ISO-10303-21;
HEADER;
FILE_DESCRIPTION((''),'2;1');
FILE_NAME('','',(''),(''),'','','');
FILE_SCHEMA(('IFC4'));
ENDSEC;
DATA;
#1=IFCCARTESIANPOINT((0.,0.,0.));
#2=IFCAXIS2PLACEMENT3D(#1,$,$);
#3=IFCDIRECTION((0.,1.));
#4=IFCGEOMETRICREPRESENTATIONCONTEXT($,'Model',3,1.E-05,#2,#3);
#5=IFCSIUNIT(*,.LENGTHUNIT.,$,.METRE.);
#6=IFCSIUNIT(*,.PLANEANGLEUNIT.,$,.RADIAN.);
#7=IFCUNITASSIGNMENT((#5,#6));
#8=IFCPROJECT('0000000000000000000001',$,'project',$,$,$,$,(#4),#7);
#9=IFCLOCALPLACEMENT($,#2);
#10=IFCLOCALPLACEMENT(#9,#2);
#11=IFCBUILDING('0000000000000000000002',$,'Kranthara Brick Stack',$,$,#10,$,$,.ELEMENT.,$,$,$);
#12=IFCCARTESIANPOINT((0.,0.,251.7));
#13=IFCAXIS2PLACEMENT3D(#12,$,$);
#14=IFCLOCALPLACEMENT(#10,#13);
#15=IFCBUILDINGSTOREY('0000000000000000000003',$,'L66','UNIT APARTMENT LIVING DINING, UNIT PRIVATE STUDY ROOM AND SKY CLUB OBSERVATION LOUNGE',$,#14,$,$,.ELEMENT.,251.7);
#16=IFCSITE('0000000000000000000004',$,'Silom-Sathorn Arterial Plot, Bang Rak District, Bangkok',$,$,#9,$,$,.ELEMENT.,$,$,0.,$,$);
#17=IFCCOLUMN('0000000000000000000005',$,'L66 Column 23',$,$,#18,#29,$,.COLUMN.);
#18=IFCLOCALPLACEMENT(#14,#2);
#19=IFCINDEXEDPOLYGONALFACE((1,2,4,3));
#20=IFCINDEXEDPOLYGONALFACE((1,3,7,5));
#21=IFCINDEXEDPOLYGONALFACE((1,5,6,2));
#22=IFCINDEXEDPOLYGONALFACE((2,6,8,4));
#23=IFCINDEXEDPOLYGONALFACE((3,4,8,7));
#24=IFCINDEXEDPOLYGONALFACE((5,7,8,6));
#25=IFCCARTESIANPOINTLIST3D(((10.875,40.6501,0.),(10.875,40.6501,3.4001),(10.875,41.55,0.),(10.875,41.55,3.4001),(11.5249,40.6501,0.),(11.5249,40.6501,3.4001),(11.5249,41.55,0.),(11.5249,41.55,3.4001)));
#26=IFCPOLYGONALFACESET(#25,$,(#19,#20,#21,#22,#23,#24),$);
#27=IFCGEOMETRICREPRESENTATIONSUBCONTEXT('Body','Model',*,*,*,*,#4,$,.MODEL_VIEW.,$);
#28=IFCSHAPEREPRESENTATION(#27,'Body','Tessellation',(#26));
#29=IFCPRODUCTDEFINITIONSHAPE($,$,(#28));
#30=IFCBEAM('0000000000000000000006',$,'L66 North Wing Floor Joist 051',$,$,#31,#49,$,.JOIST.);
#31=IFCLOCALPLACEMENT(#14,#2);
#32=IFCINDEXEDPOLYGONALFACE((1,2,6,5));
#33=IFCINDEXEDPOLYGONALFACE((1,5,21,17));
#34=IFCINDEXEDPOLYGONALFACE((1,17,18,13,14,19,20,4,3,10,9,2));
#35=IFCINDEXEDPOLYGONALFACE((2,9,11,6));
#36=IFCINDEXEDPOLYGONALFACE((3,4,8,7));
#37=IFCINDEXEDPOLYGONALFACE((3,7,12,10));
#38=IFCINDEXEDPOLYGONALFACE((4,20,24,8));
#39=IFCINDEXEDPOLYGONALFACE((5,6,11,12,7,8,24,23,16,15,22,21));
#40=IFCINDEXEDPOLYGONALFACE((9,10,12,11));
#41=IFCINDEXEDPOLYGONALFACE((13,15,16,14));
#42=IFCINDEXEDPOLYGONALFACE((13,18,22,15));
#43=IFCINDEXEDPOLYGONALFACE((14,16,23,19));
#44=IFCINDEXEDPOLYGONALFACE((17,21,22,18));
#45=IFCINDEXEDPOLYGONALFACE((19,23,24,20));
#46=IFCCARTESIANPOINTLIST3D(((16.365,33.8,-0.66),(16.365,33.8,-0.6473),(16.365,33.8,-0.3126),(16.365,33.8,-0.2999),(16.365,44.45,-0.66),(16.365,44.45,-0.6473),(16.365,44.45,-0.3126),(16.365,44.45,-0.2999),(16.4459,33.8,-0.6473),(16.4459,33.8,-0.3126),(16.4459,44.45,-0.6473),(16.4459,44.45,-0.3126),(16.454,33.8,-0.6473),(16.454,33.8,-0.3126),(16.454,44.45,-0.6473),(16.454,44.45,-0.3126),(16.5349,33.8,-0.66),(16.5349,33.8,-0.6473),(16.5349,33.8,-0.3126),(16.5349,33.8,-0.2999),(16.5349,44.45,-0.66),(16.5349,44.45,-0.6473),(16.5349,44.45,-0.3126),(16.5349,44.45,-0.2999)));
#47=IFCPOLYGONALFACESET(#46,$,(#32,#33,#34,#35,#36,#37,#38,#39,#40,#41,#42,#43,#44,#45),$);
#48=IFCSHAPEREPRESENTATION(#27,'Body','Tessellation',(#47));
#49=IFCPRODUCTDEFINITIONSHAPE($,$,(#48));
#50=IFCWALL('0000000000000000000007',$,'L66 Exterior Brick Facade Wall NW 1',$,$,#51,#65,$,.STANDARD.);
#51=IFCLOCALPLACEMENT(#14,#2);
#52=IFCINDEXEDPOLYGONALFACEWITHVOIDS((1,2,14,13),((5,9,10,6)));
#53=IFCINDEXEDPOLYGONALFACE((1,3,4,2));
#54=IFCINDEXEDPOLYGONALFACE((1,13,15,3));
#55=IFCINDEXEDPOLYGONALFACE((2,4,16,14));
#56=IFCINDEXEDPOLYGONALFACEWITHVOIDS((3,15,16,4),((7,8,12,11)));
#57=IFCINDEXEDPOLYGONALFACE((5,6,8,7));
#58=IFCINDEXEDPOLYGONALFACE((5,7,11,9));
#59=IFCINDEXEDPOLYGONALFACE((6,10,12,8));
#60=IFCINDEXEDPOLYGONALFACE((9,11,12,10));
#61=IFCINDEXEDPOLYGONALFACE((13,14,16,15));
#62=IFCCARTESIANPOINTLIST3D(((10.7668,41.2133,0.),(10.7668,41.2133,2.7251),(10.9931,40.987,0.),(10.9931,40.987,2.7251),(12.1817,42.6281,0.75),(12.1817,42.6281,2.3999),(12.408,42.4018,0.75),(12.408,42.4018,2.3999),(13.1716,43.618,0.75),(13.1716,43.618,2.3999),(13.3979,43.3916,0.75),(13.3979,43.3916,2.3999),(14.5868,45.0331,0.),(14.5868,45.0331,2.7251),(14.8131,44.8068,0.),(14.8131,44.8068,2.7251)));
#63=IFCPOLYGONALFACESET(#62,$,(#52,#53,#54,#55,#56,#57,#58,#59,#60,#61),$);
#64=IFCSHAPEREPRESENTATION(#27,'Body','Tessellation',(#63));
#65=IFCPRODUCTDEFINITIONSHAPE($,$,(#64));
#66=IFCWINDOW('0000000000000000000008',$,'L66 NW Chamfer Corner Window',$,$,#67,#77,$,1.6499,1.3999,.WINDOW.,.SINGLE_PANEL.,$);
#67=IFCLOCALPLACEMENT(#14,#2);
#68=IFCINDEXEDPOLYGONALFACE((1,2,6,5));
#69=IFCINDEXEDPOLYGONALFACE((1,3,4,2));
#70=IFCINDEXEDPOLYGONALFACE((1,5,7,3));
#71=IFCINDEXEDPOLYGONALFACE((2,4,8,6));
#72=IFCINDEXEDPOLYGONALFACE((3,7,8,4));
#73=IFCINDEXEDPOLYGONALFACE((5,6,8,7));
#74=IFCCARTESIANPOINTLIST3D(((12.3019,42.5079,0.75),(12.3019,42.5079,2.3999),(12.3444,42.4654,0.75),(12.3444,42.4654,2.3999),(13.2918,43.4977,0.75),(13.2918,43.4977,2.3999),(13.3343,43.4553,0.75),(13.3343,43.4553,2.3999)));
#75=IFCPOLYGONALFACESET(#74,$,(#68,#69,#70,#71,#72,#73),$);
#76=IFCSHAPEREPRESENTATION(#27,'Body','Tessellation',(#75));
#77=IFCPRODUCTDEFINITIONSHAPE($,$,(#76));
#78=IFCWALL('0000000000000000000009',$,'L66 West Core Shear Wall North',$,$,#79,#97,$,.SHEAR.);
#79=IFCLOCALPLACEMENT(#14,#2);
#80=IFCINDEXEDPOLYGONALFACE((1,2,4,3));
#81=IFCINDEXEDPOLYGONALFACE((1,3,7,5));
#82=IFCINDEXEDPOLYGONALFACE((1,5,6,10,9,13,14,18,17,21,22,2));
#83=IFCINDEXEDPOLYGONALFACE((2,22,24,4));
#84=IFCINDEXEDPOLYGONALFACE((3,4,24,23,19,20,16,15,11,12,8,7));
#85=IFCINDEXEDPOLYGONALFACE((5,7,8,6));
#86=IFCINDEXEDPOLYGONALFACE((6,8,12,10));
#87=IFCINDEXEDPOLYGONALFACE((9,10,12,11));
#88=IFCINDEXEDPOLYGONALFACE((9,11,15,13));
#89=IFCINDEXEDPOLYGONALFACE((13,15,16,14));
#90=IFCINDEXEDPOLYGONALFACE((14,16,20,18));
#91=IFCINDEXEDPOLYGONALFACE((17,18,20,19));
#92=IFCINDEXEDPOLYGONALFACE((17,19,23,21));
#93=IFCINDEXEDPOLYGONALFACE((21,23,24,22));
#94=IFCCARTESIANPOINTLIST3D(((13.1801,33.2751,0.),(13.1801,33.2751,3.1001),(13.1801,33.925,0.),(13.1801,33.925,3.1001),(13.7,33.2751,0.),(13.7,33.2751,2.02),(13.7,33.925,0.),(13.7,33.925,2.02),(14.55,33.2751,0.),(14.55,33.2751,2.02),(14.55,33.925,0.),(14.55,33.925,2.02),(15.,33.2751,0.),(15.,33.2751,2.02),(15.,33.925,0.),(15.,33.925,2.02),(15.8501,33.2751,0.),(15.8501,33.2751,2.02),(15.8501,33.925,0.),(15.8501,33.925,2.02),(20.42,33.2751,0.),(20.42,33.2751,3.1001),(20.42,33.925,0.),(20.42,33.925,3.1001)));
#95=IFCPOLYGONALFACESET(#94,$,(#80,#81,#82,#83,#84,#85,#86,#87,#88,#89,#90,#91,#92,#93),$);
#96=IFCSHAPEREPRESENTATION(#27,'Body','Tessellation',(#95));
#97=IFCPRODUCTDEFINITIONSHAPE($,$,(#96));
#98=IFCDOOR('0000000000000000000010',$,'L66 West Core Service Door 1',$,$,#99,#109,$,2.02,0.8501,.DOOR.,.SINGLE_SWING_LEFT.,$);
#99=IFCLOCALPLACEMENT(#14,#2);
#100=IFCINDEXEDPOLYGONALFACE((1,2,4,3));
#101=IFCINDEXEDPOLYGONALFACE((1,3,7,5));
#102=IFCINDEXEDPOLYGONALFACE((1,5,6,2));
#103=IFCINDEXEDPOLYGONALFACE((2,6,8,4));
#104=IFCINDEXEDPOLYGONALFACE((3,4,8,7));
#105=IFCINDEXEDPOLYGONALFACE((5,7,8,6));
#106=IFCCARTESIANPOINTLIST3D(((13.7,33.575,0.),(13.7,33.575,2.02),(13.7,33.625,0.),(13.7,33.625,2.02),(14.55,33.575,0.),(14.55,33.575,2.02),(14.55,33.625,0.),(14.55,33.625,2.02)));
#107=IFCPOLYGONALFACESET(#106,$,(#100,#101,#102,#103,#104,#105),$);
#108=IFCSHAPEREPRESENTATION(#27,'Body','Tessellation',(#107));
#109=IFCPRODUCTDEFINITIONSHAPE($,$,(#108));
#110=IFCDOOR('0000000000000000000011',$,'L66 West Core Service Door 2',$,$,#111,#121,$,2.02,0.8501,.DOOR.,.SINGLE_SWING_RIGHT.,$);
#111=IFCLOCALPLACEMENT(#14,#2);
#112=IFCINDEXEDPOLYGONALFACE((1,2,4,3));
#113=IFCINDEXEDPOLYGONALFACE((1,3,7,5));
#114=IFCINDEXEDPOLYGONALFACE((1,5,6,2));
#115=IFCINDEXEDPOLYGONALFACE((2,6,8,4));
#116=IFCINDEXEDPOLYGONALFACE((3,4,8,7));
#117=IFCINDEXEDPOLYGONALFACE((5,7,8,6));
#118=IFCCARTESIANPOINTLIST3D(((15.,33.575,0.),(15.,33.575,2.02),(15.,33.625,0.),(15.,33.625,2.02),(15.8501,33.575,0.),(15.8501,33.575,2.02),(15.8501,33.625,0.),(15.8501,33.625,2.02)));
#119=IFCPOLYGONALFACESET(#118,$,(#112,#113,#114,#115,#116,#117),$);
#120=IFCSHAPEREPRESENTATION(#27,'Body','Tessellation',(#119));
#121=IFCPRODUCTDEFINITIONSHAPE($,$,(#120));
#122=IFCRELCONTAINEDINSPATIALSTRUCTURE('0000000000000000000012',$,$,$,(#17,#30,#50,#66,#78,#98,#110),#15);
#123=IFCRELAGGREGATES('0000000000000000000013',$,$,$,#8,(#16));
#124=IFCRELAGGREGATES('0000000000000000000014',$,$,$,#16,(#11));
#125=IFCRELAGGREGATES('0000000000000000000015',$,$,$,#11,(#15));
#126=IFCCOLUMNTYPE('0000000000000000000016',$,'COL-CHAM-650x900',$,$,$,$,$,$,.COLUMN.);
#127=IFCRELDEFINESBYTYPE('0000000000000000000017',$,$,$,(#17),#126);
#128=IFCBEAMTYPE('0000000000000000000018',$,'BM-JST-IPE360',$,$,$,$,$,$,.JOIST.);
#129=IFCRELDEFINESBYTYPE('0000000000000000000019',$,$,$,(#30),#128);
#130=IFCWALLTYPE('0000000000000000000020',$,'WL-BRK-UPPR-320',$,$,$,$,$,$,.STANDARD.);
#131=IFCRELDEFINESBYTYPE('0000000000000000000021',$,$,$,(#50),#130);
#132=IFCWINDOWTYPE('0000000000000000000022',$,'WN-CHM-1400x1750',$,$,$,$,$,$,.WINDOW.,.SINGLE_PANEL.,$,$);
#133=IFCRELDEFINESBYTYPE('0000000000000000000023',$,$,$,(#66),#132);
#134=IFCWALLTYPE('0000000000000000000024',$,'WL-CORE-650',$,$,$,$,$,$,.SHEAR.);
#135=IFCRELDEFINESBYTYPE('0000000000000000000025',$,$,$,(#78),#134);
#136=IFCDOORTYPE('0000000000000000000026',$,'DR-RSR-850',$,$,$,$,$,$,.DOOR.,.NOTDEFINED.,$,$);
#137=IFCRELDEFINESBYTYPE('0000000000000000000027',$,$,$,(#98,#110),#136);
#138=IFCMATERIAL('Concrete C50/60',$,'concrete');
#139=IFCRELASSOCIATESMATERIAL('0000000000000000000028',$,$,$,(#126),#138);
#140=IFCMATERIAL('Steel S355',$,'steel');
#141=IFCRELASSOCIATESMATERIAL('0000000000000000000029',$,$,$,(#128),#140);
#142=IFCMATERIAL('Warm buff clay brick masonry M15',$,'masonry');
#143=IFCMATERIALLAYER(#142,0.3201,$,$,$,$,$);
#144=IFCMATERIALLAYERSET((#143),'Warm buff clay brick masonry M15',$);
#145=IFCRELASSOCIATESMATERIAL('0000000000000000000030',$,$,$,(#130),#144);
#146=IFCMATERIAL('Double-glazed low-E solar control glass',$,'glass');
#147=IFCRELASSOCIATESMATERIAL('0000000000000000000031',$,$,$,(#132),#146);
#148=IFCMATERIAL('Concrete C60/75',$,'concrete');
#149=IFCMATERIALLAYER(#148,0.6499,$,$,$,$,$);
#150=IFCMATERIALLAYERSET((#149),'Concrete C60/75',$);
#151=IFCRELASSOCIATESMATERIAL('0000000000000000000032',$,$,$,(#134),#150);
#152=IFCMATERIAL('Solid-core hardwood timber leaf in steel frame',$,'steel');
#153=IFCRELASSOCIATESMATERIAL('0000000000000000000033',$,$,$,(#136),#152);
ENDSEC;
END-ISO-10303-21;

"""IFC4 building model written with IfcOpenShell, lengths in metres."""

from ifc_helpers import new_model, si_unit, direction, frame, frame_2d, origin, origin_2d, place, context, subcontext, project, spatial, rectangle, i_section, extrude, material, layer, layer_set, material_profile, profile_set, type_object, element, fill, save


model = new_model("IFC4")

# Units and contexts
model_context = context("Model", 3, precision=1e-05, world=origin(), true_north=direction((0.0, 1.0)))
body_context = subcontext(model_context, "Body", "Model", "MODEL_VIEW")
ifc_project = project(units=[si_unit("LENGTHUNIT", "METRE"), si_unit("PLANEANGLEUNIT", "RADIAN")], contexts=[model_context])

# Site, building, storey
site_placement = place(None, origin())
site = spatial("IfcSite", under=ifc_project, at=site_placement, Name="Silom-Sathorn Arterial Plot, Bang Rak District, Bangkok", CompositionType="ELEMENT", RefElevation=0.0)
building_placement = place(site_placement, origin())
building = spatial("IfcBuilding", under=site, at=building_placement, Name="Kranthara Brick Stack", CompositionType="ELEMENT")
storey_placement = place(building_placement, frame((0.0, 0.0, 251.7)))
storey = spatial("IfcBuildingStorey", under=building, at=storey_placement, Name="L66", Description="UNIT APARTMENT LIVING DINING, UNIT PRIVATE STUDY ROOM AND SKY CLUB OBSERVATION LOUNGE", CompositionType="ELEMENT", Elevation=251.7)

# Column
ifc_material_1 = material(Name="Concrete C50/60", Category="concrete")
ifc_material_profile_1 = material_profile(ifc_material_1, rectangle(XDim=0.6499, YDim=0.8999, at=origin_2d()), Name="RC 650x900")
ifc_profile_set_1 = profile_set([ifc_material_profile_1], Name="Concrete C50/60")
column_type = type_object("IfcColumnType", Name="COL-CHAM-650x900", PredefinedType="COLUMN", material=ifc_profile_set_1)
column_placement = place(storey_placement, frame((11.2, 41.1001, 0.0), z_axis=(0.0, 0.0, 1.0), x_axis=(1.0, 0.0, 0.0)))
element("IfcColumn", 1, at=column_placement, inside=storey, type_object=column_type, Name="L66 Column 23", PredefinedType="COLUMN", context=body_context, shape_type="SweptSolid", body=[
    extrude(rectangle(XDim=0.6499, YDim=0.8999, at=origin_2d()), origin(), (0.0, 0.0, 1.0), 3.4001),
])

# Beam
ifc_material_2 = material(Name="Steel S355", Category="steel")
ifc_material_profile_2 = material_profile(ifc_material_2, i_section(OverallWidth=0.1699, OverallDepth=0.3601, WebThickness=0.0081, FlangeThickness=0.0127, at=origin_2d()), Name="IPE 360")
ifc_profile_set_2 = profile_set([ifc_material_profile_2], Name="Steel S355")
beam_type = type_object("IfcBeamType", Name="BM-JST-IPE360", PredefinedType="JOIST", material=ifc_profile_set_2)
beam_placement = place(storey_placement, frame((16.45, 33.8, -0.48), z_axis=(0.0, 1.0, 0.0), x_axis=(-1.0, 0.0, 0.0)))
element("IfcBeam", 2, at=beam_placement, inside=storey, type_object=beam_type, Name="L66 North Wing Floor Joist 051", PredefinedType="JOIST", context=body_context, shape_type="SweptSolid", body=[
    extrude(i_section(OverallWidth=0.1699, OverallDepth=0.3601, WebThickness=0.0081, FlangeThickness=0.0127, at=origin_2d()), origin(), (0.0, 0.0, 1.0), 10.6499),
])

# Wall, opening, window
ifc_material_3 = material(Name="Warm buff clay brick masonry M15", Category="masonry")
ifc_layer_1 = layer(ifc_material_3, 0.3201)
ifc_layer_set_1 = layer_set([ifc_layer_1], Name="Warm buff clay brick masonry M15")
wall_type_1 = type_object("IfcWallType", Name="WL-BRK-UPPR-320", PredefinedType="STANDARD", material=ifc_layer_set_1)
wall_1_placement = place(storey_placement, frame((10.8799, 41.1001, 0.0), z_axis=(0.0, 0.0, 1.0), x_axis=(0.707129, 0.707084, 0.0)))
wall_1 = element("IfcWall", 3, at=wall_1_placement, inside=storey, type_object=wall_type_1, Name="L66 Exterior Brick Facade Wall NW 1", PredefinedType="STANDARD", context=body_context, shape_type="SweptSolid", body=[
    extrude(rectangle(XDim=5.4021, YDim=0.3201, at=frame_2d((2.7012, 0.0))), origin(), (0.0, 0.0, 1.0), 2.7251),
])
opening_1_placement = place(wall_1_placement, frame((2.001, 0.0, 0.75)))
opening_1 = element("IfcOpeningElement", 4, at=opening_1_placement, cuts=wall_1, PredefinedType="OPENING", context=body_context, shape_type="SweptSolid", body=[
    extrude(rectangle(XDim=1.3999, YDim=1.6499, at=frame_2d((0.7, 0.825))), frame((0.0, 0.1699, 0.0), z_axis=(0.0, -1.0, 0.0), x_axis=(1.0, 0.0, 0.0)), (0.0, 0.0, 1.0), 0.3401),
])
ifc_material_4 = material(Name="Double-glazed low-E solar control glass", Category="glass")
window_type = type_object("IfcWindowType", Name="WN-CHM-1400x1750", PartitioningType="SINGLE_PANEL", PredefinedType="WINDOW", material=ifc_material_4)
window_placement = place(opening_1_placement, origin())
window = element("IfcWindow", 5, at=window_placement, inside=storey, type_object=window_type, Name="L66 NW Chamfer Corner Window", OverallHeight=1.6499, OverallWidth=1.3999, PartitioningType="SINGLE_PANEL", PredefinedType="WINDOW", context=body_context, shape_type="SweptSolid", body=[
    extrude(rectangle(XDim=1.3999, YDim=1.6499, at=frame_2d((0.7, 0.825))), frame((0.0, -0.01, 0.0), z_axis=(0.0, -1.0, 0.0), x_axis=(1.0, 0.0, 0.0)), (0.0, 0.0, 1.0), 0.0601),
])
fill(opening_1, window)

# Wall, openings, doors
ifc_material_5 = material(Name="Concrete C60/75", Category="concrete")
ifc_layer_2 = layer(ifc_material_5, 0.6499)
ifc_layer_set_2 = layer_set([ifc_layer_2], Name="Concrete C60/75")
wall_type_2 = type_object("IfcWallType", Name="WL-CORE-650", PredefinedType="SHEAR", material=ifc_layer_set_2)
wall_2_placement = place(storey_placement, frame((13.1799, 33.6001, 0.0), z_axis=(0.0, 0.0, 1.0), x_axis=(1.0, 0.0, 0.0)))
wall_2 = element("IfcWall", 6, at=wall_2_placement, inside=storey, type_object=wall_type_2, Name="L66 West Core Shear Wall North", PredefinedType="SHEAR", context=body_context, shape_type="SweptSolid", body=[
    extrude(rectangle(XDim=7.24, YDim=0.6499, at=frame_2d((3.6201, 0.0))), origin(), (0.0, 0.0, 1.0), 3.1001),
])
opening_2_placement = place(wall_2_placement, frame((0.52, 0.0, 0.0)))
opening_2 = element("IfcOpeningElement", 7, at=opening_2_placement, cuts=wall_2, PredefinedType="OPENING", context=body_context, shape_type="SweptSolid", body=[
    extrude(rectangle(XDim=0.8501, YDim=2.02, at=frame_2d((0.425, 1.01))), frame((0.0, 0.335, 0.0), z_axis=(0.0, -1.0, 0.0), x_axis=(1.0, 0.0, 0.0)), (0.0, 0.0, 1.0), 0.6699),
])
opening_3_placement = place(wall_2_placement, frame((1.8201, 0.0, 0.0)))
opening_3 = element("IfcOpeningElement", 8, at=opening_3_placement, cuts=wall_2, PredefinedType="OPENING", context=body_context, shape_type="SweptSolid", body=[
    extrude(rectangle(XDim=0.8501, YDim=2.02, at=frame_2d((0.425, 1.01))), frame((0.0, 0.335, 0.0), z_axis=(0.0, -1.0, 0.0), x_axis=(1.0, 0.0, 0.0)), (0.0, 0.0, 1.0), 0.6699),
])
ifc_material_6 = material(Name="Solid-core hardwood timber leaf in steel frame", Category="steel")
door_type_1 = type_object("IfcDoorType", Name="DR-RSR-850", OperationType="NOTDEFINED", PredefinedType="DOOR", material=ifc_material_6)
door_1_placement = place(opening_2_placement, origin())
door_1 = element("IfcDoor", 9, at=door_1_placement, inside=storey, type_object=door_type_1, Name="L66 West Core Service Door 1", OperationType="SINGLE_SWING_LEFT", OverallHeight=2.02, OverallWidth=0.8501, PredefinedType="DOOR", context=body_context, shape_type="SweptSolid", body=[
    extrude(rectangle(XDim=0.8501, YDim=2.02, at=frame_2d((0.425, 1.01))), frame((0.0, 0.0249, 0.0), z_axis=(0.0, -1.0, 0.0), x_axis=(1.0, 0.0, 0.0)), (0.0, 0.0, 1.0), 0.05),
])
fill(opening_2, door_1)
door_2_placement = place(opening_3_placement, origin())
door_2 = element("IfcDoor", 10, at=door_2_placement, inside=storey, type_object=door_type_1, Name="L66 West Core Service Door 2", OperationType="SINGLE_SWING_RIGHT", OverallHeight=2.02, OverallWidth=0.8501, PredefinedType="DOOR", context=body_context, shape_type="SweptSolid", body=[
    extrude(rectangle(XDim=0.8501, YDim=2.02, at=frame_2d((0.425, 1.01))), frame((0.0, 0.0249, 0.0), z_axis=(0.0, -1.0, 0.0), x_axis=(1.0, 0.0, 0.0)), (0.0, 0.0, 1.0), 0.05),
])
fill(opening_3, door_2)

save(model, "model.ifc")
